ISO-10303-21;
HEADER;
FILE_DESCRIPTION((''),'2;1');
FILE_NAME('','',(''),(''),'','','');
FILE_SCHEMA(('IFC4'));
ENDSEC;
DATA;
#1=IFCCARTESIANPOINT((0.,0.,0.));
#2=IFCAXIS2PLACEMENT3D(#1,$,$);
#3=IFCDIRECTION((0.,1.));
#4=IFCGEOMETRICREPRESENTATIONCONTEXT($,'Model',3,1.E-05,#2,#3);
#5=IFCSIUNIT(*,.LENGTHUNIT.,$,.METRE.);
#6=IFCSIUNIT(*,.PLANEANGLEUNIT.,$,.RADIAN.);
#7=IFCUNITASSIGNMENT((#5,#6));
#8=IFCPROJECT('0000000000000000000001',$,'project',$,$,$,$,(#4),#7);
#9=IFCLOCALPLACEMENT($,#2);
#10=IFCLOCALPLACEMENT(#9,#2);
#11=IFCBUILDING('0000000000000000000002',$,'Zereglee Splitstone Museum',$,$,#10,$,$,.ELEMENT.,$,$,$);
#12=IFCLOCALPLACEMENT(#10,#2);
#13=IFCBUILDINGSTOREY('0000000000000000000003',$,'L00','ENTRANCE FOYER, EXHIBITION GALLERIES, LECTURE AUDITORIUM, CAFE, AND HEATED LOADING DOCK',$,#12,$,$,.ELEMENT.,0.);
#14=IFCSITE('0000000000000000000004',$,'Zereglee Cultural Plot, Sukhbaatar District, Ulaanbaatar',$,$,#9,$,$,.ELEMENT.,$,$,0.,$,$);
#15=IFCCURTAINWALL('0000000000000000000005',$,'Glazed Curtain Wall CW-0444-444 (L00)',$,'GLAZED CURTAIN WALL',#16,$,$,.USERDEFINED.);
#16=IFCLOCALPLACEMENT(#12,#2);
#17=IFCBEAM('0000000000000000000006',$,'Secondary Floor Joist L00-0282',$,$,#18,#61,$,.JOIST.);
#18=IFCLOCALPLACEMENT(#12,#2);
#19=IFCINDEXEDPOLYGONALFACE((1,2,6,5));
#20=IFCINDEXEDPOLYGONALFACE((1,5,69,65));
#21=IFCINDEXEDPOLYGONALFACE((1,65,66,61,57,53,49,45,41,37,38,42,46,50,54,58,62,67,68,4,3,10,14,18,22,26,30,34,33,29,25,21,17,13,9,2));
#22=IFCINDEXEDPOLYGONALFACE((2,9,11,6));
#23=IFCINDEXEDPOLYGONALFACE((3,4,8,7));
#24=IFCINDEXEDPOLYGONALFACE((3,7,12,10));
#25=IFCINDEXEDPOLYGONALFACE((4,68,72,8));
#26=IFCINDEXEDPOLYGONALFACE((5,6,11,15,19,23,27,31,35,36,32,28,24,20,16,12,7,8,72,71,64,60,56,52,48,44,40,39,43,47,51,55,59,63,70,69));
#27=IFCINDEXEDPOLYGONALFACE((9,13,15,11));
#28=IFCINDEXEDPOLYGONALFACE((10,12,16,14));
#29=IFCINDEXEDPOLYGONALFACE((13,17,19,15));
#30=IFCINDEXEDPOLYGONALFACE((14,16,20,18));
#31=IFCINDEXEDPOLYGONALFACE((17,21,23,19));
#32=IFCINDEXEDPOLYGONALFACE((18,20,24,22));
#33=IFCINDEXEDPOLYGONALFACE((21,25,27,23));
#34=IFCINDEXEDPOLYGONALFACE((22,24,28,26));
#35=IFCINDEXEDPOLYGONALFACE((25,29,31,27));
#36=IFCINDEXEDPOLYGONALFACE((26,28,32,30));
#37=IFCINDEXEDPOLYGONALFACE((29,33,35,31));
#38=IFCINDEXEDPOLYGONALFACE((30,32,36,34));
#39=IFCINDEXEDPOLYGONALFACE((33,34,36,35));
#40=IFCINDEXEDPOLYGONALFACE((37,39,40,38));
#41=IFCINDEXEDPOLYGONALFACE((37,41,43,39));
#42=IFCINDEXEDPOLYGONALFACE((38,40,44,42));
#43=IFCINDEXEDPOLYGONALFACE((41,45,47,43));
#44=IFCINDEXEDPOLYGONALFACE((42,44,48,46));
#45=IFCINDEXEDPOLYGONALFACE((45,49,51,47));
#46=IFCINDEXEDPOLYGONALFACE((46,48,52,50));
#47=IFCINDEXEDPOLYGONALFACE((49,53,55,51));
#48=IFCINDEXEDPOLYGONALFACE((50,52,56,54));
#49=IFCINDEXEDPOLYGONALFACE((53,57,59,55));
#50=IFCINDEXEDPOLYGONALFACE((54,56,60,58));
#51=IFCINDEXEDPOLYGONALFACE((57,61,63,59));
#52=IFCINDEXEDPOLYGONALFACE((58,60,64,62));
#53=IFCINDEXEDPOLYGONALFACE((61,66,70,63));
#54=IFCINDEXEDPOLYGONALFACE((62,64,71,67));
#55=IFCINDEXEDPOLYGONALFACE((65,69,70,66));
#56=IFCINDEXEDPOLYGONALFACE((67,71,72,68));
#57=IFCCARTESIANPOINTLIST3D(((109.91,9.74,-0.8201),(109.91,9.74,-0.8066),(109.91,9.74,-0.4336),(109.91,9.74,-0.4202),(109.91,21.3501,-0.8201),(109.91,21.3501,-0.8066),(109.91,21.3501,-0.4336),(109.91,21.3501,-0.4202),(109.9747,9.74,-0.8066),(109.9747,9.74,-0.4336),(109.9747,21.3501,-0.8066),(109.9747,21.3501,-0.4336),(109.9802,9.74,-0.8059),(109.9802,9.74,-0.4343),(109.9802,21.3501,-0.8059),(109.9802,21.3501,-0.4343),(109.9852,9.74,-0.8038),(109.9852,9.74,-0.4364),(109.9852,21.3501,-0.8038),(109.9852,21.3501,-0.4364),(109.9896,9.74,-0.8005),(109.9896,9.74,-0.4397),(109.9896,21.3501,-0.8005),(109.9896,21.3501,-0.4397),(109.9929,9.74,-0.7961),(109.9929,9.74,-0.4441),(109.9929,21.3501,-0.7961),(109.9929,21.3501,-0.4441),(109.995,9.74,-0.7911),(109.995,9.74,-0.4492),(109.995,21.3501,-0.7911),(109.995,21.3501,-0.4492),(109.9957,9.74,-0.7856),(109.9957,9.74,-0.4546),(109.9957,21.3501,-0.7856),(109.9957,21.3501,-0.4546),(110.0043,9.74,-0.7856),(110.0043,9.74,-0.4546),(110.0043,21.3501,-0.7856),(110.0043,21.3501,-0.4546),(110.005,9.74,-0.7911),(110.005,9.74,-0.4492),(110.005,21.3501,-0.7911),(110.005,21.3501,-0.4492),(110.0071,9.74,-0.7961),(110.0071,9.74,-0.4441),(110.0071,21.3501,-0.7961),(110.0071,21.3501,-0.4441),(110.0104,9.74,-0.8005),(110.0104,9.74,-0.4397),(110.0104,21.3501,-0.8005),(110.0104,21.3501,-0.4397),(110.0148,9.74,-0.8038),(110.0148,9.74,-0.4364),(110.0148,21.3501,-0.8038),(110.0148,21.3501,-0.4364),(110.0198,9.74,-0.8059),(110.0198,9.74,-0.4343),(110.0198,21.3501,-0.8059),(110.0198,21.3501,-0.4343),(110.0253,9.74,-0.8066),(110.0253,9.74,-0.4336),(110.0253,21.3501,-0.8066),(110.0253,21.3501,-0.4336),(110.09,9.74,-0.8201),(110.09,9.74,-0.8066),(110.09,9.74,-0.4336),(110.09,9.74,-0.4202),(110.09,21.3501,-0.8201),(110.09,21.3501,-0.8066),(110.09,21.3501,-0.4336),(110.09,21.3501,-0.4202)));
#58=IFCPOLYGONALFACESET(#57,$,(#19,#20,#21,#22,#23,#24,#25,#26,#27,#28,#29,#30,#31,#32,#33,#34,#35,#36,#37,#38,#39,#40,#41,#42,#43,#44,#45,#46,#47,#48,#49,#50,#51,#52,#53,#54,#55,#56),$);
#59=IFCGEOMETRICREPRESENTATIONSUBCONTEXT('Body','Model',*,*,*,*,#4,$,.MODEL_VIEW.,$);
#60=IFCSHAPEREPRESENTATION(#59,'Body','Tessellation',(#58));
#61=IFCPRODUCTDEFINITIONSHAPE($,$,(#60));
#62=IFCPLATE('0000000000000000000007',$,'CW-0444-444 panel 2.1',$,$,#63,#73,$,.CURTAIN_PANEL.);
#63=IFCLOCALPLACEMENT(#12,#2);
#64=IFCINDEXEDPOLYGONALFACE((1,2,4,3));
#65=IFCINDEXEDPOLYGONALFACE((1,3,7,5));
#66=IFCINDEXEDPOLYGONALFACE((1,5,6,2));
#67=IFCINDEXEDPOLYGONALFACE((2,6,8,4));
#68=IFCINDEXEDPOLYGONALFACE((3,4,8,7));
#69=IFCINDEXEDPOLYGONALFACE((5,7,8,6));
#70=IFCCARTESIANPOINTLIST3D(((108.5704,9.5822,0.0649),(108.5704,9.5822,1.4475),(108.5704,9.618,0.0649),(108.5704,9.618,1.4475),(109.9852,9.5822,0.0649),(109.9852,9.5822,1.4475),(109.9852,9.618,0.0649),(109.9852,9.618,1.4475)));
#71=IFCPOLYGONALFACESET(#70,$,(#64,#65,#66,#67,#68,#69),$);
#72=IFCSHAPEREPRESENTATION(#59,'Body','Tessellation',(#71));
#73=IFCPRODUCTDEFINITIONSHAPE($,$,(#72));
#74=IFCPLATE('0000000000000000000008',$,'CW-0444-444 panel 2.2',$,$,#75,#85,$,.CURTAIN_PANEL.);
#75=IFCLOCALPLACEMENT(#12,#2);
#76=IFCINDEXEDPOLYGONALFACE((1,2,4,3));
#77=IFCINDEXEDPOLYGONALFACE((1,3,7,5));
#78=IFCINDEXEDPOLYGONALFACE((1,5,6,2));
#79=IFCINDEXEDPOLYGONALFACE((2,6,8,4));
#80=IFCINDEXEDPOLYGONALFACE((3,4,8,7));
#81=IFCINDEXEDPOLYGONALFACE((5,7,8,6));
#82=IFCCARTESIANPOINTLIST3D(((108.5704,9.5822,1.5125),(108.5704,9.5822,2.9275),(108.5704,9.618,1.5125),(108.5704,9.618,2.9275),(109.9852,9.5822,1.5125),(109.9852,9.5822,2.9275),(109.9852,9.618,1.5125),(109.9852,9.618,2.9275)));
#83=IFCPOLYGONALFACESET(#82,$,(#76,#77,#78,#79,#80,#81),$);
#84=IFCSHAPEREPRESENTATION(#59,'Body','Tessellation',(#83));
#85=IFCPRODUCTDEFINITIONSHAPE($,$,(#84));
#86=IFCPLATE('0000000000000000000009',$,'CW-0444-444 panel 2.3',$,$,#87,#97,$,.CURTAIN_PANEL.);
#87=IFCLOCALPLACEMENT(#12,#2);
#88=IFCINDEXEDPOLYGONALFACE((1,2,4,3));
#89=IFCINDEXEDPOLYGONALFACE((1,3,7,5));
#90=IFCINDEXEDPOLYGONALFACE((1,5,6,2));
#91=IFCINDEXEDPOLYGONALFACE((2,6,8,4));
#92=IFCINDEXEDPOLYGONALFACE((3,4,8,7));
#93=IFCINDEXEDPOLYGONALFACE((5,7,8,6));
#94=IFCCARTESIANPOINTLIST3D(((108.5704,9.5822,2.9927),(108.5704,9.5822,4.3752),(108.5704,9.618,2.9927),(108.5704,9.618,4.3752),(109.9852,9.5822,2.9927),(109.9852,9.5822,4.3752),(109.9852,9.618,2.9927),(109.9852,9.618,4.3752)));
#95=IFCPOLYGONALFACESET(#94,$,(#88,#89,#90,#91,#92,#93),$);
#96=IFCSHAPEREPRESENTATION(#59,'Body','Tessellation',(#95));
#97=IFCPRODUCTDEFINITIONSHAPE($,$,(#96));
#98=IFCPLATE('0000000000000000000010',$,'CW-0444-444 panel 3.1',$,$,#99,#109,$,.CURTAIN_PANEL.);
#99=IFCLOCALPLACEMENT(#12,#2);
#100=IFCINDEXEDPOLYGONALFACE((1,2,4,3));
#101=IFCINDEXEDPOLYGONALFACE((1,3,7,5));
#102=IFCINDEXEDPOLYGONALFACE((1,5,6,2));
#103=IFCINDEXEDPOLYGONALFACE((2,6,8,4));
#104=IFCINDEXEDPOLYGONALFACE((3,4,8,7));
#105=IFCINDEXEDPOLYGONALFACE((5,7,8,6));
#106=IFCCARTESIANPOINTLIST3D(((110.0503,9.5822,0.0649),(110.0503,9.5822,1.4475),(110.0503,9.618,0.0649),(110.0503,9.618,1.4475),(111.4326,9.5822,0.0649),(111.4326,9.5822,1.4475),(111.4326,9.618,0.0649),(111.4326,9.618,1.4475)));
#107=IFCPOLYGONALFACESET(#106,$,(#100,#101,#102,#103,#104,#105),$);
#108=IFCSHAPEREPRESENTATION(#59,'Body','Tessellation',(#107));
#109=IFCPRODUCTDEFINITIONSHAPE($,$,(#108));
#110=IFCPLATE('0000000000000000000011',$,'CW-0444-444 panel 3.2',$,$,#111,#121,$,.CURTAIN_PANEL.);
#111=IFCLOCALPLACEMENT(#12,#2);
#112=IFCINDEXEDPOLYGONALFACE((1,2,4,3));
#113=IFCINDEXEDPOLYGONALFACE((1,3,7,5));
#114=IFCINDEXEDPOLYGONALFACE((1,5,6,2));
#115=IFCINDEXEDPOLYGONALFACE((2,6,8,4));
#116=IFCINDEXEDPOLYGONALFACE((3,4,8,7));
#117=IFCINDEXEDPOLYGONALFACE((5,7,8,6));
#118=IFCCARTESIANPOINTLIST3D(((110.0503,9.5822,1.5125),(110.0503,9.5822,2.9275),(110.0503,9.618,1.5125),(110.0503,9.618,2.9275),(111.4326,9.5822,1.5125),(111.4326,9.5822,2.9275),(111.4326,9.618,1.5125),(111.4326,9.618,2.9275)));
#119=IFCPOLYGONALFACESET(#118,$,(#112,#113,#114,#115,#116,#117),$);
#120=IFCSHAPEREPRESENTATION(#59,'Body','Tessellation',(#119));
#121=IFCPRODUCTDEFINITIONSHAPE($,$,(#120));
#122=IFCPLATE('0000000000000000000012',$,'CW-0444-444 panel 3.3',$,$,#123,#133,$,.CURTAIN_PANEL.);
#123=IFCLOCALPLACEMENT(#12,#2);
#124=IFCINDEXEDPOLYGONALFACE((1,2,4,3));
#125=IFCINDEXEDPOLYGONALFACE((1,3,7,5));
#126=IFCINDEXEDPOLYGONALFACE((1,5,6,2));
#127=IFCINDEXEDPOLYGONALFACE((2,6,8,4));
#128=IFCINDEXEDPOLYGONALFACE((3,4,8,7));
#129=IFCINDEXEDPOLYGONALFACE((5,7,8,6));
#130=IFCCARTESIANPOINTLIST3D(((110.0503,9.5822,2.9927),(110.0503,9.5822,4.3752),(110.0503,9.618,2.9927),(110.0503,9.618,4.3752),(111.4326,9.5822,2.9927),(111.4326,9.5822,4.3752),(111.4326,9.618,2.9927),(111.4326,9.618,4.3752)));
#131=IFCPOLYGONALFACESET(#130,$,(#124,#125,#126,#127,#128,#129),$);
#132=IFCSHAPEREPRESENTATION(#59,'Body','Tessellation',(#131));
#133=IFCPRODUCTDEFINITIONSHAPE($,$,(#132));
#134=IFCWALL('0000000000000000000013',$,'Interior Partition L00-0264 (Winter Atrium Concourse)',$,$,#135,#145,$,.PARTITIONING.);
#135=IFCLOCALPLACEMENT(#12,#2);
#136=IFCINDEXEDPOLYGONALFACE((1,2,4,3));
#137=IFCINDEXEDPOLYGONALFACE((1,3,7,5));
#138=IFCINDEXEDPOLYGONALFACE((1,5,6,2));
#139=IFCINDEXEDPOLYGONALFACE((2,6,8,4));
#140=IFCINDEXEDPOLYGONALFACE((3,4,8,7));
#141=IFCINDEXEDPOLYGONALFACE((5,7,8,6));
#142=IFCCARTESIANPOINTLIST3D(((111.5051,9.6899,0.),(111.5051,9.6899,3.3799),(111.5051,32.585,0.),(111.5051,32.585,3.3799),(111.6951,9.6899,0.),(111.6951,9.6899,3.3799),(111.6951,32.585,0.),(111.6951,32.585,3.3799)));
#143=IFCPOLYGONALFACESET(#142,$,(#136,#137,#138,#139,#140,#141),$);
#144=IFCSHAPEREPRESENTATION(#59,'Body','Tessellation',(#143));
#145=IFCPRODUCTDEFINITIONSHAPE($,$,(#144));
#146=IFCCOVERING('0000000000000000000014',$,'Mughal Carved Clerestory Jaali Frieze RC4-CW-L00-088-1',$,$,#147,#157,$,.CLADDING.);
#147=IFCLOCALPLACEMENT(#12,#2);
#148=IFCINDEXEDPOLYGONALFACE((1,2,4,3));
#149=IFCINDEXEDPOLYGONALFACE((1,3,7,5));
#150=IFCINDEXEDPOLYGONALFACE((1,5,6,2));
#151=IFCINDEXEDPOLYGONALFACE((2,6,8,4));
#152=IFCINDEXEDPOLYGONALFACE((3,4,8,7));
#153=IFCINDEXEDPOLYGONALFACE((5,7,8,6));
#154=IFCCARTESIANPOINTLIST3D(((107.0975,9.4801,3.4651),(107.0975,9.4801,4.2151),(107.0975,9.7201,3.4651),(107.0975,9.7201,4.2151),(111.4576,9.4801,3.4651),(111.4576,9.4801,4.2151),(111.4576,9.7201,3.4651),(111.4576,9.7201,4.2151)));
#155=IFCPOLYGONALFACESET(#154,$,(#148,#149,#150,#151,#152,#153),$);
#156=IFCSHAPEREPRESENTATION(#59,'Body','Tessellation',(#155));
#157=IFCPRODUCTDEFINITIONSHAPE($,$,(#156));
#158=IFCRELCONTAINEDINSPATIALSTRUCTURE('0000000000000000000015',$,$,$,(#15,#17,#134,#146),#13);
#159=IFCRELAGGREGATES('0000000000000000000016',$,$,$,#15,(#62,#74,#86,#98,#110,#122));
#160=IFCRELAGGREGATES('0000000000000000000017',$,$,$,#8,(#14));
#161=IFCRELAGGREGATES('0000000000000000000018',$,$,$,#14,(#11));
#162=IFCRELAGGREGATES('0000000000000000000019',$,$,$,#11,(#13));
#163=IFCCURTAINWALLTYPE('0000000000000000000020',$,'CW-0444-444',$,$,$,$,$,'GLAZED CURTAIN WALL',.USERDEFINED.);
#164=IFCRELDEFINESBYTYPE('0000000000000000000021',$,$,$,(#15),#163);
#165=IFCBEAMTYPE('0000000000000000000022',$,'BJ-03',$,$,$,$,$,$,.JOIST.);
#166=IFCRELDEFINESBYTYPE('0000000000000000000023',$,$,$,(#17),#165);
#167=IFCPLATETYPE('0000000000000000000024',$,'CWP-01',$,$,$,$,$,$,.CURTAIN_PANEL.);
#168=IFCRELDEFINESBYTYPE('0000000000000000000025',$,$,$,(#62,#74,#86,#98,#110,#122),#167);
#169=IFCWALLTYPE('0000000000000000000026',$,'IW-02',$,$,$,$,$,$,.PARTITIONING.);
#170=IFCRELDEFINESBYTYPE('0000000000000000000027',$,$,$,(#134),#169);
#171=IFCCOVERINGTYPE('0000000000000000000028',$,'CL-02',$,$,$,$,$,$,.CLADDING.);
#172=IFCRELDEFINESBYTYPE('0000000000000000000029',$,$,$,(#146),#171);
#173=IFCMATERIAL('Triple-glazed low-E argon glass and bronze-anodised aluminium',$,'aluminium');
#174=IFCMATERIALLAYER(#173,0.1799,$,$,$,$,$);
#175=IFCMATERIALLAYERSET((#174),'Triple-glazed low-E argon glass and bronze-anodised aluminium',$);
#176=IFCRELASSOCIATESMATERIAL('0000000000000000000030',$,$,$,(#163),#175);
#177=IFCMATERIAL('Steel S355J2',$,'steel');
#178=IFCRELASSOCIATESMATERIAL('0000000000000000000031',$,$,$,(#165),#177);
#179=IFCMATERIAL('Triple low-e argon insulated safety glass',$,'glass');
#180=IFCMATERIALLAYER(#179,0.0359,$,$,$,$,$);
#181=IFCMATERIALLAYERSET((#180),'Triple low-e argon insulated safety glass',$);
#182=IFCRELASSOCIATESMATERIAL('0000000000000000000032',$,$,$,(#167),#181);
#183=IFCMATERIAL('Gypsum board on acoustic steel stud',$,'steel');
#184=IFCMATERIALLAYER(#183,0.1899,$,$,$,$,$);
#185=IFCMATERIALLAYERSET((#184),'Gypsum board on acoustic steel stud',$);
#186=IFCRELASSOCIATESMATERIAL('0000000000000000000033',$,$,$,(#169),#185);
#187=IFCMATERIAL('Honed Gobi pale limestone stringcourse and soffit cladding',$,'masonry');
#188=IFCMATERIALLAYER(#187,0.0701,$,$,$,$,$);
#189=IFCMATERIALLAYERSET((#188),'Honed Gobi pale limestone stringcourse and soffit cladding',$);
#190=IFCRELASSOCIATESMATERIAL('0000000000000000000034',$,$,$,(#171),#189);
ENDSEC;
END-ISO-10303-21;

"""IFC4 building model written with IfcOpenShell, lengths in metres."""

from ifc_helpers import new_model, si_unit, direction, frame, frame_2d, origin, origin_2d, place, context, subcontext, project, spatial, rectangle, i_section, extrude, material, layer, layer_set, material_profile, profile_set, type_object, element, aggregate, save


model = new_model("IFC4")

# Units and contexts
model_context = context("Model", 3, precision=1e-05, world=origin(), true_north=direction((0.0, 1.0)))
body_context = subcontext(model_context, "Body", "Model", "MODEL_VIEW")
ifc_project = project(units=[si_unit("LENGTHUNIT", "METRE"), si_unit("PLANEANGLEUNIT", "RADIAN")], contexts=[model_context])

# Site, building, storey
site_placement = place(None, origin())
site = spatial("IfcSite", under=ifc_project, at=site_placement, Name="Zereglee Cultural Plot, Sukhbaatar District, Ulaanbaatar", CompositionType="ELEMENT", RefElevation=0.0)
building_placement = place(site_placement, origin())
building = spatial("IfcBuilding", under=site, at=building_placement, Name="Zereglee Splitstone Museum", CompositionType="ELEMENT")
storey_placement = place(building_placement, origin())
storey = spatial("IfcBuildingStorey", under=building, at=storey_placement, Name="L00", Description="ENTRANCE FOYER, EXHIBITION GALLERIES, LECTURE AUDITORIUM, CAFE, AND HEATED LOADING DOCK", CompositionType="ELEMENT", Elevation=0.0)

# Curtain wall
ifc_material_1 = material(Name="Triple-glazed low-E argon glass and bronze-anodised aluminium", Category="aluminium")
ifc_layer_1 = layer(ifc_material_1, 0.1799)
ifc_layer_set_1 = layer_set([ifc_layer_1], Name="Triple-glazed low-E argon glass and bronze-anodised aluminium")
curtain_wall_type_1 = type_object("IfcCurtainWallType", Name="CW-0444-444", ElementType="GLAZED CURTAIN WALL", PredefinedType="USERDEFINED", material=ifc_layer_set_1)
curtain_wall_1_placement = place(storey_placement, origin())
curtain_wall_1 = element("IfcCurtainWall", 1, at=curtain_wall_1_placement, inside=storey, type_object=curtain_wall_type_1, Name="Glazed Curtain Wall CW-0444-444 (L00)", ObjectType="GLAZED CURTAIN WALL", PredefinedType="USERDEFINED")

# Beam
ifc_material_2 = material(Name="Steel S355J2", Category="steel")
ifc_material_profile_1 = material_profile(ifc_material_2, i_section(OverallWidth=0.1799, OverallDepth=0.3999, WebThickness=0.0085, FlangeThickness=0.0134, FilletRadius=0.021, at=origin_2d()), Name="IPE 400")
ifc_profile_set_1 = profile_set([ifc_material_profile_1], Name="Steel S355J2")
beam_type = type_object("IfcBeamType", Name="BJ-03", PredefinedType="JOIST", material=ifc_profile_set_1)
beam_placement = place(storey_placement, frame((110.0, 9.74, -0.6201), z_axis=(0.0, 1.0, 0.0), x_axis=(-1.0, 0.0, 0.0)))
element("IfcBeam", 2, at=beam_placement, inside=storey, type_object=beam_type, Name="Secondary Floor Joist L00-0282", PredefinedType="JOIST", context=body_context, shape_type="SweptSolid", body=[
    extrude(i_section(OverallWidth=0.1799, OverallDepth=0.3999, WebThickness=0.0085, FlangeThickness=0.0134, FilletRadius=0.021, at=origin_2d()), origin(), (0.0, 0.0, 1.0), 11.6101),
])

# Plates
ifc_material_3 = material(Name="Triple low-e argon insulated safety glass", Category="glass")
ifc_layer_2 = layer(ifc_material_3, 0.0359)
ifc_layer_set_2 = layer_set([ifc_layer_2], Name="Triple low-e argon insulated safety glass")
plate_type = type_object("IfcPlateType", Name="CWP-01", PredefinedType="CURTAIN_PANEL", material=ifc_layer_set_2)
plate_1_placement = place(storey_placement, frame((109.2778, 9.6001, 0.0649), z_axis=(0.0, 0.0, 1.0), x_axis=(1.0, 0.0, 0.0)))
plate_1 = element("IfcPlate", 3, at=plate_1_placement, type_object=plate_type, Name="CW-0444-444 panel 2.1", PredefinedType="CURTAIN_PANEL", context=body_context, shape_type="SweptSolid", body=[
    extrude(rectangle(XDim=1.4148, YDim=0.0359, at=origin_2d()), origin(), (0.0, 0.0, 1.0), 1.3826),
])
plate_2_placement = place(storey_placement, frame((109.2778, 9.6001, 1.5125), z_axis=(0.0, 0.0, 1.0), x_axis=(1.0, 0.0, 0.0)))
plate_2 = element("IfcPlate", 4, at=plate_2_placement, type_object=plate_type, Name="CW-0444-444 panel 2.2", PredefinedType="CURTAIN_PANEL", context=body_context, shape_type="SweptSolid", body=[
    extrude(rectangle(XDim=1.4148, YDim=0.0359, at=origin_2d()), origin(), (0.0, 0.0, 1.0), 1.415),
])
plate_3_placement = place(storey_placement, frame((109.2778, 9.6001, 2.9927), z_axis=(0.0, 0.0, 1.0), x_axis=(1.0, 0.0, 0.0)))
plate_3 = element("IfcPlate", 5, at=plate_3_placement, type_object=plate_type, Name="CW-0444-444 panel 2.3", PredefinedType="CURTAIN_PANEL", context=body_context, shape_type="SweptSolid", body=[
    extrude(rectangle(XDim=1.4148, YDim=0.0359, at=origin_2d()), origin(), (0.0, 0.0, 1.0), 1.3826),
])
plate_4_placement = place(storey_placement, frame((110.7415, 9.6001, 0.0649), z_axis=(0.0, 0.0, 1.0), x_axis=(1.0, 0.0, 0.0)))
plate_4 = element("IfcPlate", 6, at=plate_4_placement, type_object=plate_type, Name="CW-0444-444 panel 3.1", PredefinedType="CURTAIN_PANEL", context=body_context, shape_type="SweptSolid", body=[
    extrude(rectangle(XDim=1.3823, YDim=0.0359, at=origin_2d()), origin(), (0.0, 0.0, 1.0), 1.3826),
])
plate_5_placement = place(storey_placement, frame((110.7415, 9.6001, 1.5125), z_axis=(0.0, 0.0, 1.0), x_axis=(1.0, 0.0, 0.0)))
plate_5 = element("IfcPlate", 7, at=plate_5_placement, type_object=plate_type, Name="CW-0444-444 panel 3.2", PredefinedType="CURTAIN_PANEL", context=body_context, shape_type="SweptSolid", body=[
    extrude(rectangle(XDim=1.3823, YDim=0.0359, at=origin_2d()), origin(), (0.0, 0.0, 1.0), 1.415),
])
plate_6_placement = place(storey_placement, frame((110.7415, 9.6001, 2.9927), z_axis=(0.0, 0.0, 1.0), x_axis=(1.0, 0.0, 0.0)))
plate_6 = element("IfcPlate", 8, at=plate_6_placement, type_object=plate_type, Name="CW-0444-444 panel 3.3", PredefinedType="CURTAIN_PANEL", context=body_context, shape_type="SweptSolid", body=[
    extrude(rectangle(XDim=1.3823, YDim=0.0359, at=origin_2d()), origin(), (0.0, 0.0, 1.0), 1.3826),
])
aggregate(curtain_wall_1, [plate_1, plate_2, plate_3, plate_4, plate_5, plate_6])

# Wall
ifc_material_4 = material(Name="Gypsum board on acoustic steel stud", Category="steel")
ifc_layer_3 = layer(ifc_material_4, 0.1899)
ifc_layer_set_3 = layer_set([ifc_layer_3], Name="Gypsum board on acoustic steel stud")
wall_type = type_object("IfcWallType", Name="IW-02", PredefinedType="PARTITIONING", material=ifc_layer_set_3)
wall_placement = place(storey_placement, frame((111.6001, 9.6899, 0.0), z_axis=(0.0, 0.0, 1.0), x_axis=(0.0, 1.0, 0.0)))
element("IfcWall", 9, at=wall_placement, inside=storey, type_object=wall_type, Name="Interior Partition L00-0264 (Winter Atrium Concourse)", PredefinedType="PARTITIONING", context=body_context, shape_type="SweptSolid", body=[
    extrude(rectangle(XDim=22.895, YDim=0.1899, at=frame_2d((11.4475, 0.0))), origin(), (0.0, 0.0, 1.0), 3.3799),
])

# Covering
ifc_material_5 = material(Name="Honed Gobi pale limestone stringcourse and soffit cladding", Category="masonry")
ifc_layer_4 = layer(ifc_material_5, 0.0701)
ifc_layer_set_4 = layer_set([ifc_layer_4], Name="Honed Gobi pale limestone stringcourse and soffit cladding")
covering_type = type_object("IfcCoveringType", Name="CL-02", PredefinedType="CLADDING", material=ifc_layer_set_4)
covering_placement = place(storey_placement, frame((109.2776, 9.6001, 3.4651), z_axis=(0.0, 0.0, 1.0), x_axis=(1.0, 0.0, 0.0)))
element("IfcCovering", 10, at=covering_placement, inside=storey, type_object=covering_type, Name="Mughal Carved Clerestory Jaali Frieze RC4-CW-L00-088-1", PredefinedType="CLADDING", context=body_context, shape_type="SweptSolid", body=[
    extrude(rectangle(XDim=4.3601, YDim=0.24, at=origin_2d()), origin(), (0.0, 0.0, 1.0), 0.75),
])

save(model, "model.ifc")
